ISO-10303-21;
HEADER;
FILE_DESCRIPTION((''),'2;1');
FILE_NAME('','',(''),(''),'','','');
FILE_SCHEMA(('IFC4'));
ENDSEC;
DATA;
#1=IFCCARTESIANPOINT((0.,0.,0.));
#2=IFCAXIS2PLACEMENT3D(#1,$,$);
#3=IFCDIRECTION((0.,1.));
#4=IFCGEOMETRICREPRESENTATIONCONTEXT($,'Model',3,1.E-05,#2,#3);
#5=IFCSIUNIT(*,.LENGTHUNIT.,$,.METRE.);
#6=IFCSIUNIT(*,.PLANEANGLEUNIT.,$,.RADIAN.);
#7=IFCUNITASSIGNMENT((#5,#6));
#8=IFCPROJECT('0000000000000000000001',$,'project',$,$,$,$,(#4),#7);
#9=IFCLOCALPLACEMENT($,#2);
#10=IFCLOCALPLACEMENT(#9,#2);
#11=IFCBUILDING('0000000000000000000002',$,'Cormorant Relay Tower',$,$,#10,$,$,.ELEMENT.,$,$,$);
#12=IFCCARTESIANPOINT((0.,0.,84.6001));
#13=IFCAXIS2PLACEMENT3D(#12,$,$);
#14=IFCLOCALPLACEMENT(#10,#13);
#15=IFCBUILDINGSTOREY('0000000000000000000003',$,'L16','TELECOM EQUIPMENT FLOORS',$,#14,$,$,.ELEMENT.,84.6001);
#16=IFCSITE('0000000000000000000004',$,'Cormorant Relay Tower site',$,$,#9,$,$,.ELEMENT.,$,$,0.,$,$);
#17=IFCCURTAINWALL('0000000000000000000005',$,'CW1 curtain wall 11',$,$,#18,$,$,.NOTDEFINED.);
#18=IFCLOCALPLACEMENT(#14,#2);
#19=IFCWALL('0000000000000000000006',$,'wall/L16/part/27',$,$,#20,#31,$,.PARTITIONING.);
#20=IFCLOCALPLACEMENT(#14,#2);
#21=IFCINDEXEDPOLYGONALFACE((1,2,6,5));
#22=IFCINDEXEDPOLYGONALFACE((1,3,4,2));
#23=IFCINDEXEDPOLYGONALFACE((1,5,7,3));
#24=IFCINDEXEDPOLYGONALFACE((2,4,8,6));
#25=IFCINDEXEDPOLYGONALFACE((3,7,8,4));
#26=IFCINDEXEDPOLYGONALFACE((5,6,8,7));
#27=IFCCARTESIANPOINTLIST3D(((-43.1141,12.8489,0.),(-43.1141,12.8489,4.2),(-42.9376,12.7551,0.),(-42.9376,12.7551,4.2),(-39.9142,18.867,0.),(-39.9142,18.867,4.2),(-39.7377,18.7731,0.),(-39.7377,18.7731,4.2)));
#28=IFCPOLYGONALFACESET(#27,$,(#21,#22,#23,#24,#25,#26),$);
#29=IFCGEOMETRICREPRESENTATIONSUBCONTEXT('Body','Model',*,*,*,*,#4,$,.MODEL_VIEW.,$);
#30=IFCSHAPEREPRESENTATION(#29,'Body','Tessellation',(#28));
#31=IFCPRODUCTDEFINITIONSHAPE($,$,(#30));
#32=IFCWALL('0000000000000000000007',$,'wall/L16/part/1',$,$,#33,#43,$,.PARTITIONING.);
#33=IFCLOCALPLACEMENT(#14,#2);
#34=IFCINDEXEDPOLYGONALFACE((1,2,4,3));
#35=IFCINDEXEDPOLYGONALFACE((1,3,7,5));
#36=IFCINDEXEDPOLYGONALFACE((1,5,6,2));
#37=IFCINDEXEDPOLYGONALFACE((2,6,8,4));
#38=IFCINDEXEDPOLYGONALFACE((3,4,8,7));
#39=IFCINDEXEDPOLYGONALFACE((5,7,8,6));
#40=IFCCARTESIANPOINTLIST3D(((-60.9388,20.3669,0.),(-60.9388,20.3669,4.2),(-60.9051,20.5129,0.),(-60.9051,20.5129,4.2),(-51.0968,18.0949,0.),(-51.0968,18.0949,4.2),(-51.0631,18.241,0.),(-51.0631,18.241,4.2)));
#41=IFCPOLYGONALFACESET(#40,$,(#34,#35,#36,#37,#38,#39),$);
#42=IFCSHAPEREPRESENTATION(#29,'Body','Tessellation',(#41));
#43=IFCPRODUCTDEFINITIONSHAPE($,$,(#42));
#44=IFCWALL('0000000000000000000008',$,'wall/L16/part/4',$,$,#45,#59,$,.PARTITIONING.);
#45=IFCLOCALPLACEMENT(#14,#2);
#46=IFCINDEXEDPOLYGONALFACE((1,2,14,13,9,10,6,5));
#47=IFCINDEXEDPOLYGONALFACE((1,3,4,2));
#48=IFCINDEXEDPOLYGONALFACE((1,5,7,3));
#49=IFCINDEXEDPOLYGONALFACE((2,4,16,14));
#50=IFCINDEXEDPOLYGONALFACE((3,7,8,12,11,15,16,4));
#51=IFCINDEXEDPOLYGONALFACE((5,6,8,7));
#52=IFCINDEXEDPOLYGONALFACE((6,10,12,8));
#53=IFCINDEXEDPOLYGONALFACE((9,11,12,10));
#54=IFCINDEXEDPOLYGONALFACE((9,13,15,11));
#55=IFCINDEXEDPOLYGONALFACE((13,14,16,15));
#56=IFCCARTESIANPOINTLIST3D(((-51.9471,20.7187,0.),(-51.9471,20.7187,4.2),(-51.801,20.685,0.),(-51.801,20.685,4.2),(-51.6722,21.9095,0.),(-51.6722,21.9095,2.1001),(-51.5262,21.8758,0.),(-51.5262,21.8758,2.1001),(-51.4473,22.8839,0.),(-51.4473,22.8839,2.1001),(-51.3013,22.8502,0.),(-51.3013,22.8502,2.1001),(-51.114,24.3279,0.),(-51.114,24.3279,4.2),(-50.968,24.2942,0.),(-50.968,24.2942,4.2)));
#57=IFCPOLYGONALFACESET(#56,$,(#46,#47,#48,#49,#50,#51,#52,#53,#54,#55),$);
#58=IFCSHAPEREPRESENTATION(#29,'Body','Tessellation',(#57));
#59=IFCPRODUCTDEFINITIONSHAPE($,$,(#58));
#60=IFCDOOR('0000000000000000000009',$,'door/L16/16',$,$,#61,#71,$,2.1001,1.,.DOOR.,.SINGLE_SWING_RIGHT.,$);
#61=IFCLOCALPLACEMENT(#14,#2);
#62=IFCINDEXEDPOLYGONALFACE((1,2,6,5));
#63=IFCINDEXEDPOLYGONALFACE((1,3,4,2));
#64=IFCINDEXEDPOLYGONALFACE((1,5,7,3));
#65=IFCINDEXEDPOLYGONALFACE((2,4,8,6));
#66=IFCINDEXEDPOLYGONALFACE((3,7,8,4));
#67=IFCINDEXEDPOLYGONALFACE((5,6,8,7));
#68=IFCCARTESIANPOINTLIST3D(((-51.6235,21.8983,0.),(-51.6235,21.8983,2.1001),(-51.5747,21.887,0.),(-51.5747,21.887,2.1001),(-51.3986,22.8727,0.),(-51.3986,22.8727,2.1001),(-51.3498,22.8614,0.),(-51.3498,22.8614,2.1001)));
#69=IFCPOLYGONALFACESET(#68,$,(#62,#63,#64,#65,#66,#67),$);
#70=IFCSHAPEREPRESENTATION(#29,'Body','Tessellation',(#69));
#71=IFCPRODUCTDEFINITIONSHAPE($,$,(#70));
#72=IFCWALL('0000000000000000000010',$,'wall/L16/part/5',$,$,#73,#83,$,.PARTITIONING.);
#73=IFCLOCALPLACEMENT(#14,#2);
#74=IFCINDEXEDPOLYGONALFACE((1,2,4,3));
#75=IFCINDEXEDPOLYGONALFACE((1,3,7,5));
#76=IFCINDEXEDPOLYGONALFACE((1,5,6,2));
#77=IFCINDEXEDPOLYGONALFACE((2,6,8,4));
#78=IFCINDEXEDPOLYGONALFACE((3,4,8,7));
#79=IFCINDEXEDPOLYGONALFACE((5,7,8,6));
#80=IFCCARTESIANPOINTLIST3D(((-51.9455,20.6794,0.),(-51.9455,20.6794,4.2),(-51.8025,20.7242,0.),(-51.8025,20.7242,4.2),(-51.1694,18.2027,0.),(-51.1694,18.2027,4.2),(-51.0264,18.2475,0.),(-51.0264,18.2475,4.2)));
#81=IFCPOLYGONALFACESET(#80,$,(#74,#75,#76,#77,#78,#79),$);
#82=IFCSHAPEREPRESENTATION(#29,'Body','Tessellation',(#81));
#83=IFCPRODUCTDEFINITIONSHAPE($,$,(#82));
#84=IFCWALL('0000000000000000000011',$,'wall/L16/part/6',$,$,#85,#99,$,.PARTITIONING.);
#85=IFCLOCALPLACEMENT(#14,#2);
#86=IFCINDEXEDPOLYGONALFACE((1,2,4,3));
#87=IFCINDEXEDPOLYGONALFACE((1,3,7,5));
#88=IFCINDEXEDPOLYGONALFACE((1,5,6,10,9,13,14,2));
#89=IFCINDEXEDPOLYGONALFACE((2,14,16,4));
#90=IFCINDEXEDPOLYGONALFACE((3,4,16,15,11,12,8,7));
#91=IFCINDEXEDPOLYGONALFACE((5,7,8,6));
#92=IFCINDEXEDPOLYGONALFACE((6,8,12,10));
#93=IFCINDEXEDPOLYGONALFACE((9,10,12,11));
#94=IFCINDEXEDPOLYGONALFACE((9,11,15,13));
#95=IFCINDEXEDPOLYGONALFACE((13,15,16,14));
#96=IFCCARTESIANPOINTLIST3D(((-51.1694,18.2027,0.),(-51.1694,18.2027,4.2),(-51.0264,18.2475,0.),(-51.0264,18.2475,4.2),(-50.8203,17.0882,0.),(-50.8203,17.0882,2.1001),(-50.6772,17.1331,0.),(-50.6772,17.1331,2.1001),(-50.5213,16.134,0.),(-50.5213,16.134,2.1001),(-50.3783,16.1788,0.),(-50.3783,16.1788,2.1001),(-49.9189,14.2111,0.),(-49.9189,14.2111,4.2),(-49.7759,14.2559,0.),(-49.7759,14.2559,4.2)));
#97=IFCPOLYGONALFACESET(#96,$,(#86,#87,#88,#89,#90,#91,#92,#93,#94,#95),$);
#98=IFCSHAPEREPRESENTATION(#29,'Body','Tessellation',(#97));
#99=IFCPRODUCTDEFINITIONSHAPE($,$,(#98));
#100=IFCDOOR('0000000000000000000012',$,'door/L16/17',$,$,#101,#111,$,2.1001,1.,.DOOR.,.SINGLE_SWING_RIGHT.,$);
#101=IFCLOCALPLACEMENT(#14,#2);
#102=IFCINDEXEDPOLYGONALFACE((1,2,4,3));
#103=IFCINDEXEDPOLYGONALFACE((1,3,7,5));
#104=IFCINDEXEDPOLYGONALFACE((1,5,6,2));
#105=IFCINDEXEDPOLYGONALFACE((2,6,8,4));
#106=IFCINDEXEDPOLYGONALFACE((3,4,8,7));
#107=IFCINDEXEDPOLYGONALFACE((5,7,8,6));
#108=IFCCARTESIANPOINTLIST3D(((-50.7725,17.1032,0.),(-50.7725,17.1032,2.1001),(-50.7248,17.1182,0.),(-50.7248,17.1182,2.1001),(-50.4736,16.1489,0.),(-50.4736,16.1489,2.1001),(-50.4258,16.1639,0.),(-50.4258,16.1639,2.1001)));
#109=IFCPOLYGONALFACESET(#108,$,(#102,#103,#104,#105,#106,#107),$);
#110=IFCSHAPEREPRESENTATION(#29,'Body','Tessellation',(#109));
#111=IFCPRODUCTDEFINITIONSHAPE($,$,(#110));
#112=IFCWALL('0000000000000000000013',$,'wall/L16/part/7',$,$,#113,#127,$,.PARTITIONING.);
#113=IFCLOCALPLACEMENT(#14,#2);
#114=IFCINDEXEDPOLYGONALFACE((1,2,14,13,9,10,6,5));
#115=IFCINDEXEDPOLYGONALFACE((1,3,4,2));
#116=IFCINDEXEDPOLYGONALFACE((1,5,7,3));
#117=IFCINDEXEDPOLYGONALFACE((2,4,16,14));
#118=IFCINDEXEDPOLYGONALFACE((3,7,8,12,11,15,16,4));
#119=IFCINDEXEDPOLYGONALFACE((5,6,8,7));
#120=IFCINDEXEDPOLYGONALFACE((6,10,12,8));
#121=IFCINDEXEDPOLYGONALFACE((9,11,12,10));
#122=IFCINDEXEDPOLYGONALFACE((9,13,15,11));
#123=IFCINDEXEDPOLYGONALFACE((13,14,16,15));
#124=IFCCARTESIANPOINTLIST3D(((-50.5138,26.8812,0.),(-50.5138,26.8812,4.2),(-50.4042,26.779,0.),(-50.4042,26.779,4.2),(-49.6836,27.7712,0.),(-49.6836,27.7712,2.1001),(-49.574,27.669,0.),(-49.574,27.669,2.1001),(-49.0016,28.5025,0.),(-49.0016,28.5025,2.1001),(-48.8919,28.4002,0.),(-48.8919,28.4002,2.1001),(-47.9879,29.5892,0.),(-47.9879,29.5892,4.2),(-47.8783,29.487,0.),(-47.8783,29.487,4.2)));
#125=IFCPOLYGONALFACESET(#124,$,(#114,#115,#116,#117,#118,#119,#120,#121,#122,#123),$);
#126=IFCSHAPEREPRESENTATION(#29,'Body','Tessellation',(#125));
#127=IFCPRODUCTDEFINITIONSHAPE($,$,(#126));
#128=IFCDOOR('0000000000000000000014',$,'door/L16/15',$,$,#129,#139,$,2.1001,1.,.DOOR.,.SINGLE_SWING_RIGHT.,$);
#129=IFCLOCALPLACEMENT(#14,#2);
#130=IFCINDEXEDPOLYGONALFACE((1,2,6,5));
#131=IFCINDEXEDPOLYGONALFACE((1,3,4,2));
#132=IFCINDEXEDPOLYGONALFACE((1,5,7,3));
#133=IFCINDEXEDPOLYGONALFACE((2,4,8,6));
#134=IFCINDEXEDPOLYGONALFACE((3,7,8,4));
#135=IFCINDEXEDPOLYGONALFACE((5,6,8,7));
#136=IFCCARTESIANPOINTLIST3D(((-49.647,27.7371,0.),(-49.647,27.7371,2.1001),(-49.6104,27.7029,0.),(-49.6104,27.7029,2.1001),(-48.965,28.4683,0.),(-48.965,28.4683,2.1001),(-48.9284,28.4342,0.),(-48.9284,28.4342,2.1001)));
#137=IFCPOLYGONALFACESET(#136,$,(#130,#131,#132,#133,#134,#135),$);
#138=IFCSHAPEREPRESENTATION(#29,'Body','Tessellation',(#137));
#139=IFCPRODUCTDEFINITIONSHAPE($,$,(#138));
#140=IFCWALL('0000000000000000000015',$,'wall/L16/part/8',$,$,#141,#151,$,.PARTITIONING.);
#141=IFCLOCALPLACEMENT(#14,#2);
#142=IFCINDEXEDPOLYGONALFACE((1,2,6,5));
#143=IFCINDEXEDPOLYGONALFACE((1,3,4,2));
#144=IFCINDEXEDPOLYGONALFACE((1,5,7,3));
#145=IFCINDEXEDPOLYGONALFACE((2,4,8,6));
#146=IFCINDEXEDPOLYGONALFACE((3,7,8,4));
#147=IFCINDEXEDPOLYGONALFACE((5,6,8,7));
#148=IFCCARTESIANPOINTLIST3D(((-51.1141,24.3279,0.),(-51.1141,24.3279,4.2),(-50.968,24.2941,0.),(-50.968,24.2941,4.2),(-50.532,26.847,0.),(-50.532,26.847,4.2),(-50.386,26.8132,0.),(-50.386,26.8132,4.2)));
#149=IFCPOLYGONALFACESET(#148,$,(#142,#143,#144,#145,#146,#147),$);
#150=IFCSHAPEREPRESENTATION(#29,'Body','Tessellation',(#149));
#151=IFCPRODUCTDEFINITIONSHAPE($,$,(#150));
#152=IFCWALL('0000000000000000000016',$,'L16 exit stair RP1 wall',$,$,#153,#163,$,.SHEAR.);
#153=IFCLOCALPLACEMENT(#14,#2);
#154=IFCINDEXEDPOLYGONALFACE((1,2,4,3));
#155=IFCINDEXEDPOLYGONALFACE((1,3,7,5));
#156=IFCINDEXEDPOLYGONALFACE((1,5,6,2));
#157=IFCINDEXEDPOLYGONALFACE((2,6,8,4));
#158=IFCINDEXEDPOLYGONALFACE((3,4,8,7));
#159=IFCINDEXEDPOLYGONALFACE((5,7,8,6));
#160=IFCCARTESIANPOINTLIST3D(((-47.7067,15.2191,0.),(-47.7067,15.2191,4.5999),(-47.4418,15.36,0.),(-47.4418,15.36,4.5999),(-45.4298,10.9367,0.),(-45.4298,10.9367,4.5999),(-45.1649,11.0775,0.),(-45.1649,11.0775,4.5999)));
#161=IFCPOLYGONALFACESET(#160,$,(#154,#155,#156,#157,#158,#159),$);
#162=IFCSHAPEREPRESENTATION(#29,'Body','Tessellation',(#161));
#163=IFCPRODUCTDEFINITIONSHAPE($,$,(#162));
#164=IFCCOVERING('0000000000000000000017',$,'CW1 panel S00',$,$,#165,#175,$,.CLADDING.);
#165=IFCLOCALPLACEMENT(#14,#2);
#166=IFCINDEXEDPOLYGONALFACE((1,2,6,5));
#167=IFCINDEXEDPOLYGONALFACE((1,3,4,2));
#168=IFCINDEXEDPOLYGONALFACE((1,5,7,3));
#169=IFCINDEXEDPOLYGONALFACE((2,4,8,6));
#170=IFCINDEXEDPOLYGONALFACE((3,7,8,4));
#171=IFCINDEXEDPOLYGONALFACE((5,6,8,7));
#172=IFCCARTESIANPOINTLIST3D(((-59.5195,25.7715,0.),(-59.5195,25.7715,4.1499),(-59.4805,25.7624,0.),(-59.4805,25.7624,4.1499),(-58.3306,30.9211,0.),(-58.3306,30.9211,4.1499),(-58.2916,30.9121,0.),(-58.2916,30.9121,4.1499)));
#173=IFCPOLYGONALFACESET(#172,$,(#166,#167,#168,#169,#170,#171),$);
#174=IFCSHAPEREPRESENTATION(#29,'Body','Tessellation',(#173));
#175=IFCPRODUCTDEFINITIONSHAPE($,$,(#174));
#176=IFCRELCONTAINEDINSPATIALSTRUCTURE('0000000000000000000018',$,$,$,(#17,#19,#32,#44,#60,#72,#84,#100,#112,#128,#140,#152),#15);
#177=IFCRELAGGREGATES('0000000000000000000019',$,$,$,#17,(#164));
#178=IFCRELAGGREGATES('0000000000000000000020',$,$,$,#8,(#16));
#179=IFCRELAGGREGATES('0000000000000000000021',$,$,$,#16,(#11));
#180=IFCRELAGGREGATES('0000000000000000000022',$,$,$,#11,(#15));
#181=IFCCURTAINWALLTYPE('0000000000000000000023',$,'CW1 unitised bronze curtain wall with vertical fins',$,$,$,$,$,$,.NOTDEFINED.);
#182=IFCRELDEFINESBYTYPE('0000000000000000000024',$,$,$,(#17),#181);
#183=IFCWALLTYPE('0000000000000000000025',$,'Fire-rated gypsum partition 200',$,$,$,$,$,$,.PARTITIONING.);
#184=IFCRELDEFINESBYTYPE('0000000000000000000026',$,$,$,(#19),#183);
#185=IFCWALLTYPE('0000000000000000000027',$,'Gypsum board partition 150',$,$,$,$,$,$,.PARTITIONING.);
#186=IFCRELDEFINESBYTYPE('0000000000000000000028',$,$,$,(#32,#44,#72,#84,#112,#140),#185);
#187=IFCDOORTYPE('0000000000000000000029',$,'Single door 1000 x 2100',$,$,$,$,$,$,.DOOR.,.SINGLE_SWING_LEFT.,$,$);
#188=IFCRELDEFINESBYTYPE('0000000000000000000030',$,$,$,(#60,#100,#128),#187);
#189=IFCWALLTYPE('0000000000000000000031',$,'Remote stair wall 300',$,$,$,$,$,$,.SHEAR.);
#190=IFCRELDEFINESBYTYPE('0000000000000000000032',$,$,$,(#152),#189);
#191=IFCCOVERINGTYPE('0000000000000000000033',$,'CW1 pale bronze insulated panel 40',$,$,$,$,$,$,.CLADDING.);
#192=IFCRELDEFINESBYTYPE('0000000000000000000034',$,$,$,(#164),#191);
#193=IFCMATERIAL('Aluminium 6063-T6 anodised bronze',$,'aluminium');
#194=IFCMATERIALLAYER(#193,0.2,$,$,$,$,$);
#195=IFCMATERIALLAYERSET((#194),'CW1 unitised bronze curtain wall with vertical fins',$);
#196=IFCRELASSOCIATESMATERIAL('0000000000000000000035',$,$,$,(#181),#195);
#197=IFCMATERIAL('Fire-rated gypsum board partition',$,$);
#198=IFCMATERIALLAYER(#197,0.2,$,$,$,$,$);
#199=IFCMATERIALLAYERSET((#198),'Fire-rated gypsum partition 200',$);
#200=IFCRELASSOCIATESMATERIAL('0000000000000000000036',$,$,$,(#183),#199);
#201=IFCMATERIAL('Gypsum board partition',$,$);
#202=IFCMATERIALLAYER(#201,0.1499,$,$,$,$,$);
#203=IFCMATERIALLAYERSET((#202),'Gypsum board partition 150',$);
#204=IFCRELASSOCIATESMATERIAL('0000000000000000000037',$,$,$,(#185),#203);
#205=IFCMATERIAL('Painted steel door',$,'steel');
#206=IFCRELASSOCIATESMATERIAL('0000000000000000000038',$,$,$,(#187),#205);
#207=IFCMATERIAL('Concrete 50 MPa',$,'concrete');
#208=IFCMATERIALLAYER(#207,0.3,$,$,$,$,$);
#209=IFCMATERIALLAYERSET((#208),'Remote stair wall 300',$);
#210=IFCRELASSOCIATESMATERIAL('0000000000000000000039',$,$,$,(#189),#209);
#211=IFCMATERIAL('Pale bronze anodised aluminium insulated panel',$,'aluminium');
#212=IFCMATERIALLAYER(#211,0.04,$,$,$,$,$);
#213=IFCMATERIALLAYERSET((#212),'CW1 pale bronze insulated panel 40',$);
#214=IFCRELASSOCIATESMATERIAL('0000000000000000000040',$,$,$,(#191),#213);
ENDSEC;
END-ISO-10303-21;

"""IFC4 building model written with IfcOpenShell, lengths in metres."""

from ifc_helpers import new_model, si_unit, direction, frame, frame_2d, origin, origin_2d, place, context, subcontext, project, spatial, rectangle, extrude, material, layer, layer_set, type_object, element, fill, aggregate, save


model = new_model("IFC4")

# Units and contexts
model_context = context("Model", 3, precision=1e-05, world=origin(), true_north=direction((0.0, 1.0)))
body_context = subcontext(model_context, "Body", "Model", "MODEL_VIEW")
ifc_project = project(units=[si_unit("LENGTHUNIT", "METRE"), si_unit("PLANEANGLEUNIT", "RADIAN")], contexts=[model_context])

# Site, building, storey
site_placement = place(None, origin())
site = spatial("IfcSite", under=ifc_project, at=site_placement, Name="Cormorant Relay Tower site", CompositionType="ELEMENT", RefElevation=0.0)
building_placement = place(site_placement, origin())
building = spatial("IfcBuilding", under=site, at=building_placement, Name="Cormorant Relay Tower", CompositionType="ELEMENT")
storey_placement = place(building_placement, frame((0.0, 0.0, 84.6001)))
storey = spatial("IfcBuildingStorey", under=building, at=storey_placement, Name="L16", Description="TELECOM EQUIPMENT FLOORS", CompositionType="ELEMENT", Elevation=84.6001)

# Curtain wall
ifc_material_1 = material(Name="Aluminium 6063-T6 anodised bronze", Category="aluminium")
ifc_layer_1 = layer(ifc_material_1, 0.2)
ifc_layer_set_1 = layer_set([ifc_layer_1], Name="CW1 unitised bronze curtain wall with vertical fins")
curtain_wall_type = type_object("IfcCurtainWallType", Name="CW1 unitised bronze curtain wall with vertical fins", PredefinedType="NOTDEFINED", material=ifc_layer_set_1)
curtain_wall_1_placement = place(storey_placement, origin())
curtain_wall_1 = element("IfcCurtainWall", 1, at=curtain_wall_1_placement, inside=storey, type_object=curtain_wall_type, Name="CW1 curtain wall 11", PredefinedType="NOTDEFINED")

# Walls
ifc_material_2 = material(Name="Fire-rated gypsum board partition")
ifc_layer_2 = layer(ifc_material_2, 0.2)
ifc_layer_set_2 = layer_set([ifc_layer_2], Name="Fire-rated gypsum partition 200")
wall_type_1 = type_object("IfcWallType", Name="Fire-rated gypsum partition 200", PredefinedType="PARTITIONING", material=ifc_layer_set_2)
wall_1_placement = place(storey_placement, frame((-39.8259, 18.8201, 0.0), z_axis=(0.0, 0.0, 1.0), x_axis=(-0.469482, -0.882942, 0.0)))
element("IfcWall", 2, at=wall_1_placement, inside=storey, type_object=wall_type_1, Name="wall/L16/part/27", PredefinedType="PARTITIONING", context=body_context, shape_type="SweptSolid", body=[
    extrude(rectangle(XDim=6.8159, YDim=0.2, at=frame_2d((3.408, 0.0))), origin(), (0.0, 0.0, 1.0), 4.2),
])
ifc_material_3 = material(Name="Gypsum board partition")
ifc_layer_3 = layer(ifc_material_3, 0.1499)
ifc_layer_set_3 = layer_set([ifc_layer_3], Name="Gypsum board partition 150")
wall_type_2 = type_object("IfcWallType", Name="Gypsum board partition 150", PredefinedType="PARTITIONING", material=ifc_layer_set_3)
wall_2_placement = place(storey_placement, frame((-51.0801, 18.168, 0.0), z_axis=(0.0, 0.0, 1.0), x_axis=(-0.974375, 0.224928, 0.0)))
element("IfcWall", 3, at=wall_2_placement, inside=storey, type_object=wall_type_2, Name="wall/L16/part/1", PredefinedType="PARTITIONING", context=body_context, shape_type="SweptSolid", body=[
    extrude(rectangle(XDim=10.1008, YDim=0.1499, at=frame_2d((5.0503, 0.0))), origin(), (0.0, 0.0, 1.0), 4.2),
])

# Wall, opening, door
wall_3_placement = place(storey_placement, frame((-51.041, 24.311, 0.0), z_axis=(0.0, 0.0, 1.0), x_axis=(-0.224893, -0.974383, 0.0)))
wall_3 = element("IfcWall", 4, at=wall_3_placement, inside=storey, type_object=wall_type_2, Name="wall/L16/part/4", PredefinedType="PARTITIONING", context=body_context, shape_type="SweptSolid", body=[
    extrude(rectangle(XDim=3.7041, YDim=0.1499, at=frame_2d((1.8521, 0.0))), origin(), (0.0, 0.0, 1.0), 4.2),
])
opening_1_placement = place(wall_3_placement, frame((1.4819, 0.0, 0.0)))
opening_1 = element("IfcOpeningElement", 5, at=opening_1_placement, cuts=wall_3, PredefinedType="OPENING", context=body_context, shape_type="SweptSolid", body=[
    extrude(rectangle(XDim=1.0, YDim=2.1001, at=frame_2d((0.5, 1.05))), frame((0.0, 0.085, 0.0), z_axis=(0.0, -1.0, 0.0), x_axis=(1.0, 0.0, 0.0)), (0.0, 0.0, 1.0), 0.1699),
])
ifc_material_4 = material(Name="Painted steel door", Category="steel")
door_type = type_object("IfcDoorType", Name="Single door 1000 x 2100", OperationType="SINGLE_SWING_LEFT", PredefinedType="DOOR", material=ifc_material_4)
door_1_placement = place(opening_1_placement, frame((1.0, 0.0, 0.0), z_axis=(0.0, 0.0, 1.0), x_axis=(-1.0, 0.0, 0.0)))
door_1 = element("IfcDoor", 6, at=door_1_placement, inside=storey, type_object=door_type, Name="door/L16/16", OperationType="SINGLE_SWING_RIGHT", OverallHeight=2.1001, OverallWidth=1.0, PredefinedType="DOOR", context=body_context, shape_type="SweptSolid", body=[
    extrude(rectangle(XDim=1.0, YDim=2.1001, at=frame_2d((0.5, 1.05))), frame((0.0, 0.0249, 0.0), z_axis=(0.0, -1.0, 0.0), x_axis=(1.0, 0.0, 0.0)), (0.0, 0.0, 1.0), 0.05),
])
fill(opening_1, door_1)

# Wall
wall_4_placement = place(storey_placement, frame((-51.874, 20.7019, 0.0), z_axis=(0.0, 0.0, 1.0), x_axis=(0.299019, -0.954247, 0.0)))
element("IfcWall", 7, at=wall_4_placement, inside=storey, type_object=wall_type_2, Name="wall/L16/part/5", PredefinedType="PARTITIONING", context=body_context, shape_type="SweptSolid", body=[
    extrude(rectangle(XDim=2.5955, YDim=0.1499, at=frame_2d((1.2979, 0.0))), origin(), (0.0, 0.0, 1.0), 4.2),
])

# Walls, openings, doors
wall_5_placement = place(storey_placement, frame((-49.8474, 14.2336, 0.0), z_axis=(0.0, 0.0, 1.0), x_axis=(-0.298963, 0.954265, 0.0)))
wall_5 = element("IfcWall", 8, at=wall_5_placement, inside=storey, type_object=wall_type_2, Name="wall/L16/part/6", PredefinedType="PARTITIONING", context=body_context, shape_type="SweptSolid", body=[
    extrude(rectangle(XDim=4.1829, YDim=0.1499, at=frame_2d((2.0913, 0.0))), origin(), (0.0, 0.0, 1.0), 4.2),
])
opening_2_placement = place(wall_5_placement, frame((2.0149, 0.0, 0.0)))
opening_2 = element("IfcOpeningElement", 9, at=opening_2_placement, cuts=wall_5, PredefinedType="OPENING", context=body_context, shape_type="SweptSolid", body=[
    extrude(rectangle(XDim=1.0, YDim=2.1001, at=frame_2d((0.5, 1.05))), frame((0.0, 0.085, 0.0), z_axis=(0.0, -1.0, 0.0), x_axis=(1.0, 0.0, 0.0)), (0.0, 0.0, 1.0), 0.1699),
])
door_2_placement = place(opening_2_placement, origin())
door_2 = element("IfcDoor", 10, at=door_2_placement, inside=storey, type_object=door_type, Name="door/L16/17", OperationType="SINGLE_SWING_RIGHT", OverallHeight=2.1001, OverallWidth=1.0, PredefinedType="DOOR", context=body_context, shape_type="SweptSolid", body=[
    extrude(rectangle(XDim=1.0, YDim=2.1001, at=frame_2d((0.5, 1.05))), frame((0.0, 0.0249, 0.0), z_axis=(0.0, -1.0, 0.0), x_axis=(1.0, 0.0, 0.0)), (0.0, 0.0, 1.0), 0.05),
])
fill(opening_2, door_2)
wall_6_placement = place(storey_placement, frame((-47.9331, 29.5381, 0.0), z_axis=(0.0, 0.0, 1.0), x_axis=(-0.682088, -0.73127, 0.0)))
wall_6 = element("IfcWall", 11, at=wall_6_placement, inside=storey, type_object=wall_type_2, Name="wall/L16/part/7", PredefinedType="PARTITIONING", context=body_context, shape_type="SweptSolid", body=[
    extrude(rectangle(XDim=3.7031, YDim=0.1499, at=frame_2d((1.8516, 0.0))), origin(), (0.0, 0.0, 1.0), 4.2),
])
opening_3_placement = place(wall_6_placement, frame((1.4861, 0.0, 0.0)))
opening_3 = element("IfcOpeningElement", 12, at=opening_3_placement, cuts=wall_6, PredefinedType="OPENING", context=body_context, shape_type="SweptSolid", body=[
    extrude(rectangle(XDim=1.0, YDim=2.1001, at=frame_2d((0.5, 1.05))), frame((0.0, 0.085, 0.0), z_axis=(0.0, -1.0, 0.0), x_axis=(1.0, 0.0, 0.0)), (0.0, 0.0, 1.0), 0.1699),
])
door_3_placement = place(opening_3_placement, frame((1.0, 0.0, 0.0), z_axis=(0.0, 0.0, 1.0), x_axis=(-1.0, 0.0, 0.0)))
door_3 = element("IfcDoor", 13, at=door_3_placement, inside=storey, type_object=door_type, Name="door/L16/15", OperationType="SINGLE_SWING_RIGHT", OverallHeight=2.1001, OverallWidth=1.0, PredefinedType="DOOR", context=body_context, shape_type="SweptSolid", body=[
    extrude(rectangle(XDim=1.0, YDim=2.1001, at=frame_2d((0.5, 1.05))), frame((0.0, 0.0249, 0.0), z_axis=(0.0, -1.0, 0.0), x_axis=(1.0, 0.0, 0.0)), (0.0, 0.0, 1.0), 0.05),
])
fill(opening_3, door_3)

# Walls
wall_7_placement = place(storey_placement, frame((-50.459, 26.8301, 0.0), z_axis=(0.0, 0.0, 1.0), x_axis=(-0.225122, -0.974331, 0.0)))
element("IfcWall", 14, at=wall_7_placement, inside=storey, type_object=wall_type_2, Name="wall/L16/part/8", PredefinedType="PARTITIONING", context=body_context, shape_type="SweptSolid", body=[
    extrude(rectangle(XDim=2.5854, YDim=0.1499, at=frame_2d((1.2927, 0.0))), origin(), (0.0, 0.0, 1.0), 4.2),
])
ifc_material_5 = material(Name="Concrete 50 MPa", Category="concrete")
ifc_layer_4 = layer(ifc_material_5, 0.3)
ifc_layer_set_4 = layer_set([ifc_layer_4], Name="Remote stair wall 300")
wall_type_3 = type_object("IfcWallType", Name="Remote stair wall 300", PredefinedType="SHEAR", material=ifc_layer_set_4)
wall_8_placement = place(storey_placement, frame((-47.5742, 15.2896, 0.0), z_axis=(0.0, 0.0, 1.0), x_axis=(0.469443, -0.882963, 0.0)))
element("IfcWall", 15, at=wall_8_placement, inside=storey, type_object=wall_type_3, Name="L16 exit stair RP1 wall", PredefinedType="SHEAR", context=body_context, shape_type="SweptSolid", body=[
    extrude(rectangle(XDim=4.8501, YDim=0.3, at=frame_2d((2.425, 0.0))), origin(), (0.0, 0.0, 1.0), 4.5999),
])

# Covering
ifc_material_6 = material(Name="Pale bronze anodised aluminium insulated panel", Category="aluminium")
ifc_layer_5 = layer(ifc_material_6, 0.04)
ifc_layer_set_5 = layer_set([ifc_layer_5], Name="CW1 pale bronze insulated panel 40")
covering_type = type_object("IfcCoveringType", Name="CW1 pale bronze insulated panel 40", PredefinedType="CLADDING", material=ifc_layer_set_5)
covering_1_placement = place(storey_placement, frame((-58.9055, 28.3418, 0.0), z_axis=(0.0, 0.0, 1.0), x_axis=(-0.224951, -0.97437, 0.0)))
covering_1 = element("IfcCovering", 16, at=covering_1_placement, type_object=covering_type, Name="CW1 panel S00", PredefinedType="CLADDING", context=body_context, shape_type="SweptSolid", body=[
    extrude(rectangle(XDim=5.2852, YDim=0.04, at=origin_2d()), origin(), (0.0, 0.0, 1.0), 4.1499),
])
aggregate(curtain_wall_1, [covering_1])

save(model, "model.ifc")
